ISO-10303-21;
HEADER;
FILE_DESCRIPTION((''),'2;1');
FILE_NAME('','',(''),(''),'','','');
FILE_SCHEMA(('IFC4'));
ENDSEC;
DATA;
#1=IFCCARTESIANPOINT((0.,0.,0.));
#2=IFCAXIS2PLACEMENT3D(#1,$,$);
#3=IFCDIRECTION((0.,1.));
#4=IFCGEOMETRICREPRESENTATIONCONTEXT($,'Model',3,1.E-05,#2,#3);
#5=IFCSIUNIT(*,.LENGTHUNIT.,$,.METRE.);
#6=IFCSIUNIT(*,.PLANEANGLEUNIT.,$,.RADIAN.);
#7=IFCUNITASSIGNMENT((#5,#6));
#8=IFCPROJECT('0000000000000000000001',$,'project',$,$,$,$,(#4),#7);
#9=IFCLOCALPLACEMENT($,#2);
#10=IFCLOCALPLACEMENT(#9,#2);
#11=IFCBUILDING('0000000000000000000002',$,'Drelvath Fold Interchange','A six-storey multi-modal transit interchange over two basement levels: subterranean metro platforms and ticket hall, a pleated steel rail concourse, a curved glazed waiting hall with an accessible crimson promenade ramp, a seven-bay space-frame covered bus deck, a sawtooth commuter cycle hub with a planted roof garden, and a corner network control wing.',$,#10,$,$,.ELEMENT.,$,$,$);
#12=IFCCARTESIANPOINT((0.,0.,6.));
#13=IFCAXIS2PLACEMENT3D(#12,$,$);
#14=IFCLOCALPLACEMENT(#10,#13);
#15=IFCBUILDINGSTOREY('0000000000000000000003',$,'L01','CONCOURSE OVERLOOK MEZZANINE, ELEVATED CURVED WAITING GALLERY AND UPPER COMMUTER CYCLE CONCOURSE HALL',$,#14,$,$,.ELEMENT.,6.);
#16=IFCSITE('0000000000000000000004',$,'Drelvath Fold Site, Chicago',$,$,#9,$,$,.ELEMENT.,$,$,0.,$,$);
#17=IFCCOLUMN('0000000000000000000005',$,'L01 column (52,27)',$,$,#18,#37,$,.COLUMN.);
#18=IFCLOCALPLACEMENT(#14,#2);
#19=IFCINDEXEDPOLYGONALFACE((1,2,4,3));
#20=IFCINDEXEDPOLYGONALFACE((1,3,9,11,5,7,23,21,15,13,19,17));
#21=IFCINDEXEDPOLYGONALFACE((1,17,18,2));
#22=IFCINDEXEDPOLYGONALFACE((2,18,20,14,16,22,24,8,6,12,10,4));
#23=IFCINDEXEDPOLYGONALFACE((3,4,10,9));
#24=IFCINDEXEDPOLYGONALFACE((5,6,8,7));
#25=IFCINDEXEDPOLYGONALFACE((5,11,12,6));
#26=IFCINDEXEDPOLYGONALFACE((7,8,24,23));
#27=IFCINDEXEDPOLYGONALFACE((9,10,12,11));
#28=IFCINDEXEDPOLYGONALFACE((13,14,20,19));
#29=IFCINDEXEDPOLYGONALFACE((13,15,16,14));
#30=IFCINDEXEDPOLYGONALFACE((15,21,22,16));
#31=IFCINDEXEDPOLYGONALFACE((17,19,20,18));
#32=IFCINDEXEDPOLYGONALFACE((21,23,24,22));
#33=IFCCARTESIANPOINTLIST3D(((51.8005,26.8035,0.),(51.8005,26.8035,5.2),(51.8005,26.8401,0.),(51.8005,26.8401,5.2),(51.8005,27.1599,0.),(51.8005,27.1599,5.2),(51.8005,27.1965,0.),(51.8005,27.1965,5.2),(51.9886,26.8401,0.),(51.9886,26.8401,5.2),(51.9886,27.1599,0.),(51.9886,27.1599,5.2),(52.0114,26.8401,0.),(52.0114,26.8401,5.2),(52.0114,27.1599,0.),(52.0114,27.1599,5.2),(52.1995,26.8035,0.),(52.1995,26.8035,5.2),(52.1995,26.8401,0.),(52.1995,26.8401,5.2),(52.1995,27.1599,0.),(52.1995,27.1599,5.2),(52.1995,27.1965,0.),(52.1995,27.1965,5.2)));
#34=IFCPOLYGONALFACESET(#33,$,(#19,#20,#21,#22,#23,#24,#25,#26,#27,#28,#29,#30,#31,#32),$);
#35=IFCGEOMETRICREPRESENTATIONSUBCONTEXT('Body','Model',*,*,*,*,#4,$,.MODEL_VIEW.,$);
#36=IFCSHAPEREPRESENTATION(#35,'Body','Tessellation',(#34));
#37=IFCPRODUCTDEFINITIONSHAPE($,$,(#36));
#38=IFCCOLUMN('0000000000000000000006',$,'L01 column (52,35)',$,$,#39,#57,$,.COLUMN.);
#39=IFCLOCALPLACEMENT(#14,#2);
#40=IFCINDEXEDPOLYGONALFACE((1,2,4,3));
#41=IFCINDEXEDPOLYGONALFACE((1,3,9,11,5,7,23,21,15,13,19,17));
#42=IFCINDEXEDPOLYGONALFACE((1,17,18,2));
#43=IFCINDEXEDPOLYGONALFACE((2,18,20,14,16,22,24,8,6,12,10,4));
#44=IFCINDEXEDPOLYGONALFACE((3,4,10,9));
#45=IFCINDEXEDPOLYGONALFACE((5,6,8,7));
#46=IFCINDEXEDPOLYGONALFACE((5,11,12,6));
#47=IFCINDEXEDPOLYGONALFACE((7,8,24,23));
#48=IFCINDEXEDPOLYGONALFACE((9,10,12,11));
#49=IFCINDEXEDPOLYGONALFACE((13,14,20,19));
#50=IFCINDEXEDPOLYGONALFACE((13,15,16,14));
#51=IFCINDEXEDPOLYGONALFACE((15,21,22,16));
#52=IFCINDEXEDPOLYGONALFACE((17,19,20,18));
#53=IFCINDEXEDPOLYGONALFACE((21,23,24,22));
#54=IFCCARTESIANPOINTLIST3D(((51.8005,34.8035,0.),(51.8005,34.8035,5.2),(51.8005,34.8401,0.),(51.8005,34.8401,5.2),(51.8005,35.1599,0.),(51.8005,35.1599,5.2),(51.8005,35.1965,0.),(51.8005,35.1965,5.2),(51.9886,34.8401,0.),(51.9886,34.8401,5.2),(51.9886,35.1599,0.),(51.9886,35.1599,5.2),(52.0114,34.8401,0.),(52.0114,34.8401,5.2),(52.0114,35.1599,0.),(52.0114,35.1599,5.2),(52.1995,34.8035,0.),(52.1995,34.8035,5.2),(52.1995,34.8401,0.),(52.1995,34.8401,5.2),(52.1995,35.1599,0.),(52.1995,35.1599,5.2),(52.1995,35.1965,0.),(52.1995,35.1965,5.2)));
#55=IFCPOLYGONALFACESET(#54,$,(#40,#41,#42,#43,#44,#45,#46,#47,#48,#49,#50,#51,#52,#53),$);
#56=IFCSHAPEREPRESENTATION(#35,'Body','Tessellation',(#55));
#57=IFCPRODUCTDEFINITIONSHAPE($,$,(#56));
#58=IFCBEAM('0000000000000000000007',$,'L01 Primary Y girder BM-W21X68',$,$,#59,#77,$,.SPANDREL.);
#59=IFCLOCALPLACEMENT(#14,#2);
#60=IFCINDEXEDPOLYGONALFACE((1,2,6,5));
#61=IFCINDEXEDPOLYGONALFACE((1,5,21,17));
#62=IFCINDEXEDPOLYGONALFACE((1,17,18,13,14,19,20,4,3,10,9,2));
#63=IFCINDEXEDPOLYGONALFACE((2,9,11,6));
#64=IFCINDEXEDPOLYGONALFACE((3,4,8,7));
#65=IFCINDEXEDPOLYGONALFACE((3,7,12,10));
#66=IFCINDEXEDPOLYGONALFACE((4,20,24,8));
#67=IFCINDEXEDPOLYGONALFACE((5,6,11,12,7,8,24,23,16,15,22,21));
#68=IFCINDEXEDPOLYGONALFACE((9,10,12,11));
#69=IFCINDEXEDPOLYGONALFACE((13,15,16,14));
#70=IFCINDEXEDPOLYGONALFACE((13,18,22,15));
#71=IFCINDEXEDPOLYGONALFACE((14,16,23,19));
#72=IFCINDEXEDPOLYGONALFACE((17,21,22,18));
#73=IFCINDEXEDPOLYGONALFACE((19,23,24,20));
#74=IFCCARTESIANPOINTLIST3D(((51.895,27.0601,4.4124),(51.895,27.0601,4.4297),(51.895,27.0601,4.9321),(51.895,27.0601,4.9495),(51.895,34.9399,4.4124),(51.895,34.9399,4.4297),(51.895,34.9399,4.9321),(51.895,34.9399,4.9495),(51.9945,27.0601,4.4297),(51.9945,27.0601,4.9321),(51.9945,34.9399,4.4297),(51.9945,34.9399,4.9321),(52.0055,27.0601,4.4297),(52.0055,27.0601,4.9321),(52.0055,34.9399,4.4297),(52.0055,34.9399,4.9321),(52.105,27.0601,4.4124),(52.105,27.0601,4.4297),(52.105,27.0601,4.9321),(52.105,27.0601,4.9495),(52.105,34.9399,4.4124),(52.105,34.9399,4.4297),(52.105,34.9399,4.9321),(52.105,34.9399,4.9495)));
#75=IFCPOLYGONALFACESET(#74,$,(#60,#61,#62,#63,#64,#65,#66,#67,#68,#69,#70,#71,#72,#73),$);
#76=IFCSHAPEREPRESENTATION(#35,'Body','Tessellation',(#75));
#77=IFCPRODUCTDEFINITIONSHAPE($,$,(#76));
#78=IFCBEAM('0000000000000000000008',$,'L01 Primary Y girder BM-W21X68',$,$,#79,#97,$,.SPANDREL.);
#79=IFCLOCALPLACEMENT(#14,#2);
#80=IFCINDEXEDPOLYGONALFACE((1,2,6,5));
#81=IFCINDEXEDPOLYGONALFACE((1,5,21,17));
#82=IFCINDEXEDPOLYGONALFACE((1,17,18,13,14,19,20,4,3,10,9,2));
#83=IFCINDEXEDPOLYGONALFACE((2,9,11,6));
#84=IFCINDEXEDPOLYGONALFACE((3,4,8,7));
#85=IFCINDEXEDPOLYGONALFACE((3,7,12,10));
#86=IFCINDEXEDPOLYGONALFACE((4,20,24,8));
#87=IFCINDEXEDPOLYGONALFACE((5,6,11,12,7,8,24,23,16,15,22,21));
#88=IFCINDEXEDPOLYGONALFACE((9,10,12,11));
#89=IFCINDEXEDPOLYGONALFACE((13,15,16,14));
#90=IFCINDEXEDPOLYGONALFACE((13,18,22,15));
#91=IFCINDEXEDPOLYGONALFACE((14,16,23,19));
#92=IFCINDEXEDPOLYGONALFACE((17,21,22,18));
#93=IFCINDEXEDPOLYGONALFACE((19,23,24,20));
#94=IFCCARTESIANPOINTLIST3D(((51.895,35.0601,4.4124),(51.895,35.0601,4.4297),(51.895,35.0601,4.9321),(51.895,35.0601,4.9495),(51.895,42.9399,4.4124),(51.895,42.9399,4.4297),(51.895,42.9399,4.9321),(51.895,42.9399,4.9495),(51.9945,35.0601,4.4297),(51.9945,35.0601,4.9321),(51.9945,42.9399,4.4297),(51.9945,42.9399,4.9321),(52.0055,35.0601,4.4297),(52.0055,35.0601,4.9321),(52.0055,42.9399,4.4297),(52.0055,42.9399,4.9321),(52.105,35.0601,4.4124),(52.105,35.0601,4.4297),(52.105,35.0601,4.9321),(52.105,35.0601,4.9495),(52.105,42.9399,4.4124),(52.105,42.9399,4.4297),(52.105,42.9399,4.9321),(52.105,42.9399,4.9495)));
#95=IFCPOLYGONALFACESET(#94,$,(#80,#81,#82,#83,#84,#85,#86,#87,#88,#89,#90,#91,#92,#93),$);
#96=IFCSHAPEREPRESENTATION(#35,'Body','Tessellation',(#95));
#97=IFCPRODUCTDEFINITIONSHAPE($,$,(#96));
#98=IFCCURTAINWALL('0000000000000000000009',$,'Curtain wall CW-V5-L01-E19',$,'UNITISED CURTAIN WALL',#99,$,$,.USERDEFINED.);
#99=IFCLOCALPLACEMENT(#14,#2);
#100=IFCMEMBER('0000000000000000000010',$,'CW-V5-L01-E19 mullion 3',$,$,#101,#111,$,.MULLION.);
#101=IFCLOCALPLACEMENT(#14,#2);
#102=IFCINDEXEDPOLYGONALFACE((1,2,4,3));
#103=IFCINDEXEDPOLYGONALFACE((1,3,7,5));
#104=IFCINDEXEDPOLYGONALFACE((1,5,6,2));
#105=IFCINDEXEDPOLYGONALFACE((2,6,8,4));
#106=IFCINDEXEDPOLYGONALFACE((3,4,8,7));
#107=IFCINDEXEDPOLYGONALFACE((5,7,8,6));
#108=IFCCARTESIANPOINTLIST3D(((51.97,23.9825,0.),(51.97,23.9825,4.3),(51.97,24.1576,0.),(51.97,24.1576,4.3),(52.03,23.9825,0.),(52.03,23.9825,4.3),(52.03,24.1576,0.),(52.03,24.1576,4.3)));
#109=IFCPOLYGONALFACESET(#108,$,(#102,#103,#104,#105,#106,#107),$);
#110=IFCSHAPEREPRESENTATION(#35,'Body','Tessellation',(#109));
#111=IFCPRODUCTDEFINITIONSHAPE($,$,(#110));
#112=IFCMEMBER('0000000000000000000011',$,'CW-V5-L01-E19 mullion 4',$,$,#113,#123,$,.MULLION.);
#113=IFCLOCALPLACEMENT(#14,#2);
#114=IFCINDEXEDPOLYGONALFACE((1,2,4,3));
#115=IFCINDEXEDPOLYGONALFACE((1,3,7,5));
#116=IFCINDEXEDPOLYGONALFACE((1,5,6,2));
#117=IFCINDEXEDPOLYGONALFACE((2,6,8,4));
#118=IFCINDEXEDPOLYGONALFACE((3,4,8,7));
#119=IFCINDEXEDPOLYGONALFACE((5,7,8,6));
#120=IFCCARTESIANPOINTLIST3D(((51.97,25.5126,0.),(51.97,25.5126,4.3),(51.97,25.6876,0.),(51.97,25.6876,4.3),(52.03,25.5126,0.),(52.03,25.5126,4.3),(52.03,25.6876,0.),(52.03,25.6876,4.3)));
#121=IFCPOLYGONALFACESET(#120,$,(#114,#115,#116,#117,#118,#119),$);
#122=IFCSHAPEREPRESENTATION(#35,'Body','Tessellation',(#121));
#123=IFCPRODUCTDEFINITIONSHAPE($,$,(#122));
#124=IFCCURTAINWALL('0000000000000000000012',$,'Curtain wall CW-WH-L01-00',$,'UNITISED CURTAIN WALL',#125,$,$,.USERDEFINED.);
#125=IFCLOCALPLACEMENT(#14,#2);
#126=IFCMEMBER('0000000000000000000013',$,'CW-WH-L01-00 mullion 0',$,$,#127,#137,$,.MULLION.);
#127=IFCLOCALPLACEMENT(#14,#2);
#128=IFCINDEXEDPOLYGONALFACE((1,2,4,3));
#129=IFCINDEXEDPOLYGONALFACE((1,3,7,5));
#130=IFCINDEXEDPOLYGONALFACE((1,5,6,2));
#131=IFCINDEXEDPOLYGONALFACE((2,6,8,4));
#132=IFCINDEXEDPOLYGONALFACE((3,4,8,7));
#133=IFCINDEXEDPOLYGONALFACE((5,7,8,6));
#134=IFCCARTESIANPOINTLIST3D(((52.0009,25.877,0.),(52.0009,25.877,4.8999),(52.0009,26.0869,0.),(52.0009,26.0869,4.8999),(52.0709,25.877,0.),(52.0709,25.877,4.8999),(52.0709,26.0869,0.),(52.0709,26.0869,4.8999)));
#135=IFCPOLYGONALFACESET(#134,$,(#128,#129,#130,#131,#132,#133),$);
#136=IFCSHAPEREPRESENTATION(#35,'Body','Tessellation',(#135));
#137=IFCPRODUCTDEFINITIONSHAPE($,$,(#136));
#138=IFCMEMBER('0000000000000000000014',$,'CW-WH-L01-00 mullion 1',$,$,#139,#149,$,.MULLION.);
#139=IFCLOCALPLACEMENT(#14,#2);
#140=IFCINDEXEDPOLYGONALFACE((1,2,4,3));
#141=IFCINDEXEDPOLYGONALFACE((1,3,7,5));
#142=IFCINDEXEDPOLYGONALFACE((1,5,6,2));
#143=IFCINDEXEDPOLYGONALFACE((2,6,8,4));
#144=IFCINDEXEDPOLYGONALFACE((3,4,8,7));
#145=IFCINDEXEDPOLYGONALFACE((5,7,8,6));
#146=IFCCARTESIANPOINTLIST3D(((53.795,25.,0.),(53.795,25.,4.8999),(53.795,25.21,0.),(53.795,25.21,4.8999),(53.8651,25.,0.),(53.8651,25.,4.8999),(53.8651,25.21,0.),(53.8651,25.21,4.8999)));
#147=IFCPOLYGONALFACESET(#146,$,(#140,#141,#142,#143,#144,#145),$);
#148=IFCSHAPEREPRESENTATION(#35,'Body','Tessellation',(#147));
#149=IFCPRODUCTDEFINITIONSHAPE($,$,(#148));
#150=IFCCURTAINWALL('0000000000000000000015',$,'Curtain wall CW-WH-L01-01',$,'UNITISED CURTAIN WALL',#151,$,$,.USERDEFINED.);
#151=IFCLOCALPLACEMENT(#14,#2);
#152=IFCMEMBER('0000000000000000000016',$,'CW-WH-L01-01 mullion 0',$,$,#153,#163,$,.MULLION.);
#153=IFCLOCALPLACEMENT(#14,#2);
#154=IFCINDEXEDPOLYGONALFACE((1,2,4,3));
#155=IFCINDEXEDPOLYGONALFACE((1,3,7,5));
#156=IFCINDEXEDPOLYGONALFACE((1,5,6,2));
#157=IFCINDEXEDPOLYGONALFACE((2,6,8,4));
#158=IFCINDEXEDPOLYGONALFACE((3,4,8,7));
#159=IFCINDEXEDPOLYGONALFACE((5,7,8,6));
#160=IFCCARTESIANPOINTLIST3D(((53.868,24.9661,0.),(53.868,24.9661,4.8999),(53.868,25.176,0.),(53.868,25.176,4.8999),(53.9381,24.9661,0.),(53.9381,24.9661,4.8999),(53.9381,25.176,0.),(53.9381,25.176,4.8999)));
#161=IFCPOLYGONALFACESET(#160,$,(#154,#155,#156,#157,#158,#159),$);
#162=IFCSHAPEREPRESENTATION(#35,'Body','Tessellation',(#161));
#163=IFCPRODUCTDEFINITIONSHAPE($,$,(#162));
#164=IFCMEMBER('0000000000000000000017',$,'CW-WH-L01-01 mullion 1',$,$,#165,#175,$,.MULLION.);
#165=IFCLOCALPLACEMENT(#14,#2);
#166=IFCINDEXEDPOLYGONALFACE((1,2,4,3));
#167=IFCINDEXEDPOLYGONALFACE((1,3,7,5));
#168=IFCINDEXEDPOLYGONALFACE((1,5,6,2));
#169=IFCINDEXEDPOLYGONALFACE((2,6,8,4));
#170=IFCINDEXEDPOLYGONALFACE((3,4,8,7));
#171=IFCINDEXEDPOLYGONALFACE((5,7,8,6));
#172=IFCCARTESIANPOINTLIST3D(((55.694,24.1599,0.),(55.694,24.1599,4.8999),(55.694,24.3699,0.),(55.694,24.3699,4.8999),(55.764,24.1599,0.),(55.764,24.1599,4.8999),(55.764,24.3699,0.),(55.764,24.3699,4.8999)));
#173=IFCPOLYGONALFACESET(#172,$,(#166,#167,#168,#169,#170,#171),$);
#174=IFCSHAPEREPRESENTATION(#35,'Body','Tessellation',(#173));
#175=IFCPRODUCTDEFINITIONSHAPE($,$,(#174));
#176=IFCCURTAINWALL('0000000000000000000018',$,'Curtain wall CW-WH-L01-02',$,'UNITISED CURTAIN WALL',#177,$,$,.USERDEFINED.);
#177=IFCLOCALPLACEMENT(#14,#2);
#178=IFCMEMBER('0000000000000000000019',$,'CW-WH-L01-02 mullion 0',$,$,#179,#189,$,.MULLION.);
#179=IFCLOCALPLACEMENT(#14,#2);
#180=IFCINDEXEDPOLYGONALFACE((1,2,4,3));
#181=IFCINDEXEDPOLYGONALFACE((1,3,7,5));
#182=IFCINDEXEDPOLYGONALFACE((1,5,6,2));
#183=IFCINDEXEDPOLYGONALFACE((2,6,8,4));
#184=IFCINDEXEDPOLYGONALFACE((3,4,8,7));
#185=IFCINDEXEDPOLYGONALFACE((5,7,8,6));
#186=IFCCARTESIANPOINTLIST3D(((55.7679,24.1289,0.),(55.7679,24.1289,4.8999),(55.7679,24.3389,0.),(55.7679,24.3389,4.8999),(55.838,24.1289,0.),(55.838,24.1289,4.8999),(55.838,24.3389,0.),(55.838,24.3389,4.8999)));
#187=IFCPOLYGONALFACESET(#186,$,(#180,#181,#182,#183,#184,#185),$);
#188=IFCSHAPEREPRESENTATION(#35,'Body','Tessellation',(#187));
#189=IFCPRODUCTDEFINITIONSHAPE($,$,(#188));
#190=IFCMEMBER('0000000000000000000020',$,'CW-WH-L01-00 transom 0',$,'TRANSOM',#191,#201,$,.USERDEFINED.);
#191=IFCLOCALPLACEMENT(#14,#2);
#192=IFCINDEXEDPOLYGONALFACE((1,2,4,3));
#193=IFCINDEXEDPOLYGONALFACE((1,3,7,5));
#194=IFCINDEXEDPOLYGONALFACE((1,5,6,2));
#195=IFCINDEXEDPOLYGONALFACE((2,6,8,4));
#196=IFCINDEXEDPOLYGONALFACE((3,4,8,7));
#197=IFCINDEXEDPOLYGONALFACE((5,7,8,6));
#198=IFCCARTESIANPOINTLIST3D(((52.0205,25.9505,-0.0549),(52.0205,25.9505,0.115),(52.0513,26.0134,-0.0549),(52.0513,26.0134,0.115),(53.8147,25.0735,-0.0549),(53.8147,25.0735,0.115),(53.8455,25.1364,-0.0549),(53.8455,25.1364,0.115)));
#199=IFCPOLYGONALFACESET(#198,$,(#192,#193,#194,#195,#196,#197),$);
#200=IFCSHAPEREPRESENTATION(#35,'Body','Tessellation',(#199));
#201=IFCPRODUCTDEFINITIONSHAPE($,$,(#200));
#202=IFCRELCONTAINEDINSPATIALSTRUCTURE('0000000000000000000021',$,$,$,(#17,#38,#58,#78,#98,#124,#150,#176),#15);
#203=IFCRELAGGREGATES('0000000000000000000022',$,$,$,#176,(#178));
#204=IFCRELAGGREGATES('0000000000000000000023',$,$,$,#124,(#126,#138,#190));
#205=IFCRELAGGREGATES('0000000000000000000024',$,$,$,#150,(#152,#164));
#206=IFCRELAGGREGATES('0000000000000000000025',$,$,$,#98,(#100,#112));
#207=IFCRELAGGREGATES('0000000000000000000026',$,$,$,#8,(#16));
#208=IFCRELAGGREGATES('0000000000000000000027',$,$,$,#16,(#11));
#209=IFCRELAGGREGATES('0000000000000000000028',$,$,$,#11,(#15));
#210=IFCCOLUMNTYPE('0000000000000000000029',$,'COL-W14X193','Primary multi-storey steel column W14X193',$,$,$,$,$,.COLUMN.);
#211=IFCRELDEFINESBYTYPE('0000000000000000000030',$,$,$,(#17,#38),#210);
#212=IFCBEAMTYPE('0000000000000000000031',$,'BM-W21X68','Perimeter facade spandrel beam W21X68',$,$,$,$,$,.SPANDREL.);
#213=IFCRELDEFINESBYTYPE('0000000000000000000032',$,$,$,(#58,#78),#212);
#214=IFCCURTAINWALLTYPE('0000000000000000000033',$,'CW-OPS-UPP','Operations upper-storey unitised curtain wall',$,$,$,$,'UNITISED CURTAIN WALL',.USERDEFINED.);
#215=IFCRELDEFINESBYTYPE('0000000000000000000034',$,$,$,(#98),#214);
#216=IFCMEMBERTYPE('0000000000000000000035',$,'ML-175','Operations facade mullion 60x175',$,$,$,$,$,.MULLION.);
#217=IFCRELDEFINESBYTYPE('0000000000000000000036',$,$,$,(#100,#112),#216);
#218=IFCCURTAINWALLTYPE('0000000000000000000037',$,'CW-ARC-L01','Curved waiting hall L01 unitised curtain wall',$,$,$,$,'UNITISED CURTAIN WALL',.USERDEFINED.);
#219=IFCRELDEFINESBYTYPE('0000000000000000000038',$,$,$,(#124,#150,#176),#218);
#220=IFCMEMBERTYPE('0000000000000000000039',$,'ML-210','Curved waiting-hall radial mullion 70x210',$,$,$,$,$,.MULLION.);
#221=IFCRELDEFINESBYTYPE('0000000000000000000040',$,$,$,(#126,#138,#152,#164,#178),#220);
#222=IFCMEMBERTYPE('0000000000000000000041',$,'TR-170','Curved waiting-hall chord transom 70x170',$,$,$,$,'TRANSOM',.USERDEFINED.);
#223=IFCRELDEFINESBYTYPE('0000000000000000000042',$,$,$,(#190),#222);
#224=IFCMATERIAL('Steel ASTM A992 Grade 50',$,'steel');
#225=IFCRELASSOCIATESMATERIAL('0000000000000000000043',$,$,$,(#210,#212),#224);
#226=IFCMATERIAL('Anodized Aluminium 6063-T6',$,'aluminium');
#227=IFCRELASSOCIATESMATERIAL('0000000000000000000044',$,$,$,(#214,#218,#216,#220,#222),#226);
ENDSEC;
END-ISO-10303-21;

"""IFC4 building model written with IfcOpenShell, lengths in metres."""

from ifc_helpers import new_model, si_unit, direction, frame, origin, origin_2d, place, context, subcontext, project, spatial, rectangle, i_section, extrude, material, material_profile, profile_set, type_object, element, aggregate, save


model = new_model("IFC4")

# Units and contexts
model_context = context("Model", 3, precision=1e-05, world=origin(), true_north=direction((0.0, 1.0)))
body_context = subcontext(model_context, "Body", "Model", "MODEL_VIEW")
ifc_project = project(units=[si_unit("LENGTHUNIT", "METRE"), si_unit("PLANEANGLEUNIT", "RADIAN")], contexts=[model_context])

# Site, building, storey
site_placement = place(None, origin())
site = spatial("IfcSite", under=ifc_project, at=site_placement, Name="Drelvath Fold Site, Chicago", CompositionType="ELEMENT", RefElevation=0.0)
building_placement = place(site_placement, origin())
building = spatial("IfcBuilding", under=site, at=building_placement, Name="Drelvath Fold Interchange", Description="A six-storey multi-modal transit interchange over two basement levels: subterranean metro platforms and ticket hall, a pleated steel rail concourse, a curved glazed waiting hall with an accessible crimson promenade ramp, a seven-bay space-frame covered bus deck, a sawtooth commuter cycle hub with a planted roof garden, and a corner network control wing.", CompositionType="ELEMENT")
storey_placement = place(building_placement, frame((0.0, 0.0, 6.0)))
storey = spatial("IfcBuildingStorey", under=building, at=storey_placement, Name="L01", Description="CONCOURSE OVERLOOK MEZZANINE, ELEVATED CURVED WAITING GALLERY AND UPPER COMMUTER CYCLE CONCOURSE HALL", CompositionType="ELEMENT", Elevation=6.0)

# Columns
ifc_material_1 = material(Name="Steel ASTM A992 Grade 50", Category="steel")
ifc_material_profile_1 = material_profile(ifc_material_1, i_section(OverallWidth=0.3989, OverallDepth=0.3931, WebThickness=0.0227, FlangeThickness=0.0366, at=origin_2d()), Name="W14X193")
ifc_profile_set_1 = profile_set([ifc_material_profile_1], Name="Steel ASTM A992 Grade 50")
column_type = type_object("IfcColumnType", Name="COL-W14X193", Description="Primary multi-storey steel column W14X193", PredefinedType="COLUMN", material=ifc_profile_set_1)
for number, where, z_axis, x_axis, name in (
    (1, (52.0, 27.0, 0.0), (0.0, 0.0, 1.0), (1.0, 0.0, 0.0), "L01 column (52,27)"),
    (2, (52.0, 35.0, 0.0), (0.0, 0.0, 1.0), (1.0, 0.0, 0.0), "L01 column (52,35)"),
):
    element("IfcColumn", number, at=place(storey_placement, frame(where, z_axis=z_axis, x_axis=x_axis)), inside=storey, type_object=column_type, Name=name, PredefinedType="COLUMN", context=body_context, shape_type="SweptSolid", body=[
        extrude(i_section(OverallWidth=0.3989, OverallDepth=0.3931, WebThickness=0.0227, FlangeThickness=0.0366, at=origin_2d()), origin(), (0.0, 0.0, 1.0), 5.2),
    ])

# Beams
ifc_material_profile_2 = material_profile(ifc_material_1, i_section(OverallWidth=0.21, OverallDepth=0.5371, WebThickness=0.011, FlangeThickness=0.0173, at=origin_2d()), Name="W21X68")
ifc_profile_set_2 = profile_set([ifc_material_profile_2], Name="Steel ASTM A992 Grade 50")
beam_type = type_object("IfcBeamType", Name="BM-W21X68", Description="Perimeter facade spandrel beam W21X68", PredefinedType="SPANDREL", material=ifc_profile_set_2)
for number, where, z_axis, x_axis, name in (
    (3, (52.0, 27.0601, 4.6809), (0.0, 1.0, 0.0), (-1.0, 0.0, 0.0), "L01 Primary Y girder BM-W21X68"),
    (4, (52.0, 35.0601, 4.6809), (0.0, 1.0, 0.0), (-1.0, 0.0, 0.0), "L01 Primary Y girder BM-W21X68"),
):
    element("IfcBeam", number, at=place(storey_placement, frame(where, z_axis=z_axis, x_axis=x_axis)), inside=storey, type_object=beam_type, Name=name, PredefinedType="SPANDREL", context=body_context, shape_type="SweptSolid", body=[
        extrude(i_section(OverallWidth=0.21, OverallDepth=0.5371, WebThickness=0.011, FlangeThickness=0.0173, at=origin_2d()), origin(), (0.0, 0.0, 1.0), 7.8799),
    ])

# Curtain walls, members
ifc_material_2 = material(Name="Anodized Aluminium 6063-T6", Category="aluminium")
curtain_wall_type_1 = type_object("IfcCurtainWallType", Name="CW-OPS-UPP", Description="Operations upper-storey unitised curtain wall", ElementType="UNITISED CURTAIN WALL", PredefinedType="USERDEFINED", material=ifc_material_2)
curtain_wall_1_placement = place(storey_placement, origin())
curtain_wall_1 = element("IfcCurtainWall", 5, at=curtain_wall_1_placement, inside=storey, type_object=curtain_wall_type_1, Name="Curtain wall CW-V5-L01-E19", ObjectType="UNITISED CURTAIN WALL", PredefinedType="USERDEFINED")
ifc_material_profile_3 = material_profile(ifc_material_2, rectangle(XDim=0.0601, YDim=0.175, at=origin_2d()), Name="AL-M 60x175")
ifc_profile_set_3 = profile_set([ifc_material_profile_3], Name="Anodized Aluminium 6063-T6")
member_type_1 = type_object("IfcMemberType", Name="ML-175", Description="Operations facade mullion 60x175", PredefinedType="MULLION", material=ifc_profile_set_3)
member_1_placement = place(storey_placement, frame((52.0, 24.0701, 0.0), z_axis=(0.0, 0.0, 1.0), x_axis=(1.0, 0.0, 0.0)))
member_1 = element("IfcMember", 6, at=member_1_placement, type_object=member_type_1, Name="CW-V5-L01-E19 mullion 3", PredefinedType="MULLION", context=body_context, shape_type="SweptSolid", body=[
    extrude(rectangle(XDim=0.0601, YDim=0.175, at=origin_2d()), origin(), (0.0, 0.0, 1.0), 4.3),
])
member_2_placement = place(storey_placement, frame((52.0, 25.6001, 0.0), z_axis=(0.0, 0.0, 1.0), x_axis=(1.0, 0.0, 0.0)))
member_2 = element("IfcMember", 7, at=member_2_placement, type_object=member_type_1, Name="CW-V5-L01-E19 mullion 4", PredefinedType="MULLION", context=body_context, shape_type="SweptSolid", body=[
    extrude(rectangle(XDim=0.0601, YDim=0.175, at=origin_2d()), origin(), (0.0, 0.0, 1.0), 4.3),
])
curtain_wall_type_2 = type_object("IfcCurtainWallType", Name="CW-ARC-L01", Description="Curved waiting hall L01 unitised curtain wall", ElementType="UNITISED CURTAIN WALL", PredefinedType="USERDEFINED", material=ifc_material_2)
curtain_wall_2_placement = place(storey_placement, origin())
curtain_wall_2 = element("IfcCurtainWall", 8, at=curtain_wall_2_placement, inside=storey, type_object=curtain_wall_type_2, Name="Curtain wall CW-WH-L01-00", ObjectType="UNITISED CURTAIN WALL", PredefinedType="USERDEFINED")
ifc_material_profile_4 = material_profile(ifc_material_2, rectangle(XDim=0.0701, YDim=0.21, at=origin_2d()), Name="AL-M 70x210")
ifc_profile_set_4 = profile_set([ifc_material_profile_4], Name="Anodized Aluminium 6063-T6")
member_type_2 = type_object("IfcMemberType", Name="ML-210", Description="Curved waiting-hall radial mullion 70x210", PredefinedType="MULLION", material=ifc_profile_set_4)
member_3_placement = place(storey_placement, frame((52.0359, 25.9819, 0.0), z_axis=(0.0, 0.0, 1.0), x_axis=(1.0, 0.0, 0.0)))
member_3 = element("IfcMember", 9, at=member_3_placement, type_object=member_type_2, Name="CW-WH-L01-00 mullion 0", PredefinedType="MULLION", context=body_context, shape_type="SweptSolid", body=[
    extrude(rectangle(XDim=0.0701, YDim=0.21, at=origin_2d()), origin(), (0.0, 0.0, 1.0), 4.8999),
])
member_4_placement = place(storey_placement, frame((53.8301, 25.105, 0.0), z_axis=(0.0, 0.0, 1.0), x_axis=(1.0, 0.0, 0.0)))
member_4 = element("IfcMember", 10, at=member_4_placement, type_object=member_type_2, Name="CW-WH-L01-00 mullion 1", PredefinedType="MULLION", context=body_context, shape_type="SweptSolid", body=[
    extrude(rectangle(XDim=0.0701, YDim=0.21, at=origin_2d()), origin(), (0.0, 0.0, 1.0), 4.8999),
])
curtain_wall_3_placement = place(storey_placement, origin())
curtain_wall_3 = element("IfcCurtainWall", 11, at=curtain_wall_3_placement, inside=storey, type_object=curtain_wall_type_2, Name="Curtain wall CW-WH-L01-01", ObjectType="UNITISED CURTAIN WALL", PredefinedType="USERDEFINED")
member_5_placement = place(storey_placement, frame((53.9031, 25.071, 0.0), z_axis=(0.0, 0.0, 1.0), x_axis=(1.0, 0.0, 0.0)))
member_5 = element("IfcMember", 12, at=member_5_placement, type_object=member_type_2, Name="CW-WH-L01-01 mullion 0", PredefinedType="MULLION", context=body_context, shape_type="SweptSolid", body=[
    extrude(rectangle(XDim=0.0701, YDim=0.21, at=origin_2d()), origin(), (0.0, 0.0, 1.0), 4.8999),
])
member_6_placement = place(storey_placement, frame((55.729, 24.2649, 0.0), z_axis=(0.0, 0.0, 1.0), x_axis=(1.0, 0.0, 0.0)))
member_6 = element("IfcMember", 13, at=member_6_placement, type_object=member_type_2, Name="CW-WH-L01-01 mullion 1", PredefinedType="MULLION", context=body_context, shape_type="SweptSolid", body=[
    extrude(rectangle(XDim=0.0701, YDim=0.21, at=origin_2d()), origin(), (0.0, 0.0, 1.0), 4.8999),
])

# Curtain wall, member
curtain_wall_4_placement = place(storey_placement, origin())
curtain_wall_4 = element("IfcCurtainWall", 14, at=curtain_wall_4_placement, inside=storey, type_object=curtain_wall_type_2, Name="Curtain wall CW-WH-L01-02", ObjectType="UNITISED CURTAIN WALL", PredefinedType="USERDEFINED")
member_7_placement = place(storey_placement, frame((55.803, 24.2339, 0.0), z_axis=(0.0, 0.0, 1.0), x_axis=(1.0, 0.0, 0.0)))
member_7 = element("IfcMember", 15, at=member_7_placement, type_object=member_type_2, Name="CW-WH-L01-02 mullion 0", PredefinedType="MULLION", context=body_context, shape_type="SweptSolid", body=[
    extrude(rectangle(XDim=0.0701, YDim=0.21, at=origin_2d()), origin(), (0.0, 0.0, 1.0), 4.8999),
])

# Member
ifc_material_profile_5 = material_profile(ifc_material_2, rectangle(XDim=0.0701, YDim=0.1699, at=origin_2d()), Name="AL-T 70x170")
ifc_profile_set_5 = profile_set([ifc_material_profile_5], Name="Anodized Aluminium 6063-T6")
member_type_3 = type_object("IfcMemberType", Name="TR-170", Description="Curved waiting-hall chord transom 70x170", ElementType="TRANSOM", PredefinedType="USERDEFINED", material=ifc_profile_set_5)
member_8_placement = place(storey_placement, frame((52.0359, 25.9819, 0.03), z_axis=(0.898425, -0.439127, 0.0), x_axis=(0.439127, 0.898425, 0.0)))
member_8 = element("IfcMember", 16, at=member_8_placement, type_object=member_type_3, Name="CW-WH-L01-00 transom 0", ObjectType="TRANSOM", PredefinedType="USERDEFINED", context=body_context, shape_type="SweptSolid", body=[
    extrude(rectangle(XDim=0.0701, YDim=0.1699, at=origin_2d()), origin(), (0.0, 0.0, 1.0), 1.9971),
])
aggregate(curtain_wall_4, [member_7])

aggregate(curtain_wall_2, [member_3, member_4, member_8])
aggregate(curtain_wall_3, [member_5, member_6])
aggregate(curtain_wall_1, [member_1, member_2])

save(model, "model.ifc")
